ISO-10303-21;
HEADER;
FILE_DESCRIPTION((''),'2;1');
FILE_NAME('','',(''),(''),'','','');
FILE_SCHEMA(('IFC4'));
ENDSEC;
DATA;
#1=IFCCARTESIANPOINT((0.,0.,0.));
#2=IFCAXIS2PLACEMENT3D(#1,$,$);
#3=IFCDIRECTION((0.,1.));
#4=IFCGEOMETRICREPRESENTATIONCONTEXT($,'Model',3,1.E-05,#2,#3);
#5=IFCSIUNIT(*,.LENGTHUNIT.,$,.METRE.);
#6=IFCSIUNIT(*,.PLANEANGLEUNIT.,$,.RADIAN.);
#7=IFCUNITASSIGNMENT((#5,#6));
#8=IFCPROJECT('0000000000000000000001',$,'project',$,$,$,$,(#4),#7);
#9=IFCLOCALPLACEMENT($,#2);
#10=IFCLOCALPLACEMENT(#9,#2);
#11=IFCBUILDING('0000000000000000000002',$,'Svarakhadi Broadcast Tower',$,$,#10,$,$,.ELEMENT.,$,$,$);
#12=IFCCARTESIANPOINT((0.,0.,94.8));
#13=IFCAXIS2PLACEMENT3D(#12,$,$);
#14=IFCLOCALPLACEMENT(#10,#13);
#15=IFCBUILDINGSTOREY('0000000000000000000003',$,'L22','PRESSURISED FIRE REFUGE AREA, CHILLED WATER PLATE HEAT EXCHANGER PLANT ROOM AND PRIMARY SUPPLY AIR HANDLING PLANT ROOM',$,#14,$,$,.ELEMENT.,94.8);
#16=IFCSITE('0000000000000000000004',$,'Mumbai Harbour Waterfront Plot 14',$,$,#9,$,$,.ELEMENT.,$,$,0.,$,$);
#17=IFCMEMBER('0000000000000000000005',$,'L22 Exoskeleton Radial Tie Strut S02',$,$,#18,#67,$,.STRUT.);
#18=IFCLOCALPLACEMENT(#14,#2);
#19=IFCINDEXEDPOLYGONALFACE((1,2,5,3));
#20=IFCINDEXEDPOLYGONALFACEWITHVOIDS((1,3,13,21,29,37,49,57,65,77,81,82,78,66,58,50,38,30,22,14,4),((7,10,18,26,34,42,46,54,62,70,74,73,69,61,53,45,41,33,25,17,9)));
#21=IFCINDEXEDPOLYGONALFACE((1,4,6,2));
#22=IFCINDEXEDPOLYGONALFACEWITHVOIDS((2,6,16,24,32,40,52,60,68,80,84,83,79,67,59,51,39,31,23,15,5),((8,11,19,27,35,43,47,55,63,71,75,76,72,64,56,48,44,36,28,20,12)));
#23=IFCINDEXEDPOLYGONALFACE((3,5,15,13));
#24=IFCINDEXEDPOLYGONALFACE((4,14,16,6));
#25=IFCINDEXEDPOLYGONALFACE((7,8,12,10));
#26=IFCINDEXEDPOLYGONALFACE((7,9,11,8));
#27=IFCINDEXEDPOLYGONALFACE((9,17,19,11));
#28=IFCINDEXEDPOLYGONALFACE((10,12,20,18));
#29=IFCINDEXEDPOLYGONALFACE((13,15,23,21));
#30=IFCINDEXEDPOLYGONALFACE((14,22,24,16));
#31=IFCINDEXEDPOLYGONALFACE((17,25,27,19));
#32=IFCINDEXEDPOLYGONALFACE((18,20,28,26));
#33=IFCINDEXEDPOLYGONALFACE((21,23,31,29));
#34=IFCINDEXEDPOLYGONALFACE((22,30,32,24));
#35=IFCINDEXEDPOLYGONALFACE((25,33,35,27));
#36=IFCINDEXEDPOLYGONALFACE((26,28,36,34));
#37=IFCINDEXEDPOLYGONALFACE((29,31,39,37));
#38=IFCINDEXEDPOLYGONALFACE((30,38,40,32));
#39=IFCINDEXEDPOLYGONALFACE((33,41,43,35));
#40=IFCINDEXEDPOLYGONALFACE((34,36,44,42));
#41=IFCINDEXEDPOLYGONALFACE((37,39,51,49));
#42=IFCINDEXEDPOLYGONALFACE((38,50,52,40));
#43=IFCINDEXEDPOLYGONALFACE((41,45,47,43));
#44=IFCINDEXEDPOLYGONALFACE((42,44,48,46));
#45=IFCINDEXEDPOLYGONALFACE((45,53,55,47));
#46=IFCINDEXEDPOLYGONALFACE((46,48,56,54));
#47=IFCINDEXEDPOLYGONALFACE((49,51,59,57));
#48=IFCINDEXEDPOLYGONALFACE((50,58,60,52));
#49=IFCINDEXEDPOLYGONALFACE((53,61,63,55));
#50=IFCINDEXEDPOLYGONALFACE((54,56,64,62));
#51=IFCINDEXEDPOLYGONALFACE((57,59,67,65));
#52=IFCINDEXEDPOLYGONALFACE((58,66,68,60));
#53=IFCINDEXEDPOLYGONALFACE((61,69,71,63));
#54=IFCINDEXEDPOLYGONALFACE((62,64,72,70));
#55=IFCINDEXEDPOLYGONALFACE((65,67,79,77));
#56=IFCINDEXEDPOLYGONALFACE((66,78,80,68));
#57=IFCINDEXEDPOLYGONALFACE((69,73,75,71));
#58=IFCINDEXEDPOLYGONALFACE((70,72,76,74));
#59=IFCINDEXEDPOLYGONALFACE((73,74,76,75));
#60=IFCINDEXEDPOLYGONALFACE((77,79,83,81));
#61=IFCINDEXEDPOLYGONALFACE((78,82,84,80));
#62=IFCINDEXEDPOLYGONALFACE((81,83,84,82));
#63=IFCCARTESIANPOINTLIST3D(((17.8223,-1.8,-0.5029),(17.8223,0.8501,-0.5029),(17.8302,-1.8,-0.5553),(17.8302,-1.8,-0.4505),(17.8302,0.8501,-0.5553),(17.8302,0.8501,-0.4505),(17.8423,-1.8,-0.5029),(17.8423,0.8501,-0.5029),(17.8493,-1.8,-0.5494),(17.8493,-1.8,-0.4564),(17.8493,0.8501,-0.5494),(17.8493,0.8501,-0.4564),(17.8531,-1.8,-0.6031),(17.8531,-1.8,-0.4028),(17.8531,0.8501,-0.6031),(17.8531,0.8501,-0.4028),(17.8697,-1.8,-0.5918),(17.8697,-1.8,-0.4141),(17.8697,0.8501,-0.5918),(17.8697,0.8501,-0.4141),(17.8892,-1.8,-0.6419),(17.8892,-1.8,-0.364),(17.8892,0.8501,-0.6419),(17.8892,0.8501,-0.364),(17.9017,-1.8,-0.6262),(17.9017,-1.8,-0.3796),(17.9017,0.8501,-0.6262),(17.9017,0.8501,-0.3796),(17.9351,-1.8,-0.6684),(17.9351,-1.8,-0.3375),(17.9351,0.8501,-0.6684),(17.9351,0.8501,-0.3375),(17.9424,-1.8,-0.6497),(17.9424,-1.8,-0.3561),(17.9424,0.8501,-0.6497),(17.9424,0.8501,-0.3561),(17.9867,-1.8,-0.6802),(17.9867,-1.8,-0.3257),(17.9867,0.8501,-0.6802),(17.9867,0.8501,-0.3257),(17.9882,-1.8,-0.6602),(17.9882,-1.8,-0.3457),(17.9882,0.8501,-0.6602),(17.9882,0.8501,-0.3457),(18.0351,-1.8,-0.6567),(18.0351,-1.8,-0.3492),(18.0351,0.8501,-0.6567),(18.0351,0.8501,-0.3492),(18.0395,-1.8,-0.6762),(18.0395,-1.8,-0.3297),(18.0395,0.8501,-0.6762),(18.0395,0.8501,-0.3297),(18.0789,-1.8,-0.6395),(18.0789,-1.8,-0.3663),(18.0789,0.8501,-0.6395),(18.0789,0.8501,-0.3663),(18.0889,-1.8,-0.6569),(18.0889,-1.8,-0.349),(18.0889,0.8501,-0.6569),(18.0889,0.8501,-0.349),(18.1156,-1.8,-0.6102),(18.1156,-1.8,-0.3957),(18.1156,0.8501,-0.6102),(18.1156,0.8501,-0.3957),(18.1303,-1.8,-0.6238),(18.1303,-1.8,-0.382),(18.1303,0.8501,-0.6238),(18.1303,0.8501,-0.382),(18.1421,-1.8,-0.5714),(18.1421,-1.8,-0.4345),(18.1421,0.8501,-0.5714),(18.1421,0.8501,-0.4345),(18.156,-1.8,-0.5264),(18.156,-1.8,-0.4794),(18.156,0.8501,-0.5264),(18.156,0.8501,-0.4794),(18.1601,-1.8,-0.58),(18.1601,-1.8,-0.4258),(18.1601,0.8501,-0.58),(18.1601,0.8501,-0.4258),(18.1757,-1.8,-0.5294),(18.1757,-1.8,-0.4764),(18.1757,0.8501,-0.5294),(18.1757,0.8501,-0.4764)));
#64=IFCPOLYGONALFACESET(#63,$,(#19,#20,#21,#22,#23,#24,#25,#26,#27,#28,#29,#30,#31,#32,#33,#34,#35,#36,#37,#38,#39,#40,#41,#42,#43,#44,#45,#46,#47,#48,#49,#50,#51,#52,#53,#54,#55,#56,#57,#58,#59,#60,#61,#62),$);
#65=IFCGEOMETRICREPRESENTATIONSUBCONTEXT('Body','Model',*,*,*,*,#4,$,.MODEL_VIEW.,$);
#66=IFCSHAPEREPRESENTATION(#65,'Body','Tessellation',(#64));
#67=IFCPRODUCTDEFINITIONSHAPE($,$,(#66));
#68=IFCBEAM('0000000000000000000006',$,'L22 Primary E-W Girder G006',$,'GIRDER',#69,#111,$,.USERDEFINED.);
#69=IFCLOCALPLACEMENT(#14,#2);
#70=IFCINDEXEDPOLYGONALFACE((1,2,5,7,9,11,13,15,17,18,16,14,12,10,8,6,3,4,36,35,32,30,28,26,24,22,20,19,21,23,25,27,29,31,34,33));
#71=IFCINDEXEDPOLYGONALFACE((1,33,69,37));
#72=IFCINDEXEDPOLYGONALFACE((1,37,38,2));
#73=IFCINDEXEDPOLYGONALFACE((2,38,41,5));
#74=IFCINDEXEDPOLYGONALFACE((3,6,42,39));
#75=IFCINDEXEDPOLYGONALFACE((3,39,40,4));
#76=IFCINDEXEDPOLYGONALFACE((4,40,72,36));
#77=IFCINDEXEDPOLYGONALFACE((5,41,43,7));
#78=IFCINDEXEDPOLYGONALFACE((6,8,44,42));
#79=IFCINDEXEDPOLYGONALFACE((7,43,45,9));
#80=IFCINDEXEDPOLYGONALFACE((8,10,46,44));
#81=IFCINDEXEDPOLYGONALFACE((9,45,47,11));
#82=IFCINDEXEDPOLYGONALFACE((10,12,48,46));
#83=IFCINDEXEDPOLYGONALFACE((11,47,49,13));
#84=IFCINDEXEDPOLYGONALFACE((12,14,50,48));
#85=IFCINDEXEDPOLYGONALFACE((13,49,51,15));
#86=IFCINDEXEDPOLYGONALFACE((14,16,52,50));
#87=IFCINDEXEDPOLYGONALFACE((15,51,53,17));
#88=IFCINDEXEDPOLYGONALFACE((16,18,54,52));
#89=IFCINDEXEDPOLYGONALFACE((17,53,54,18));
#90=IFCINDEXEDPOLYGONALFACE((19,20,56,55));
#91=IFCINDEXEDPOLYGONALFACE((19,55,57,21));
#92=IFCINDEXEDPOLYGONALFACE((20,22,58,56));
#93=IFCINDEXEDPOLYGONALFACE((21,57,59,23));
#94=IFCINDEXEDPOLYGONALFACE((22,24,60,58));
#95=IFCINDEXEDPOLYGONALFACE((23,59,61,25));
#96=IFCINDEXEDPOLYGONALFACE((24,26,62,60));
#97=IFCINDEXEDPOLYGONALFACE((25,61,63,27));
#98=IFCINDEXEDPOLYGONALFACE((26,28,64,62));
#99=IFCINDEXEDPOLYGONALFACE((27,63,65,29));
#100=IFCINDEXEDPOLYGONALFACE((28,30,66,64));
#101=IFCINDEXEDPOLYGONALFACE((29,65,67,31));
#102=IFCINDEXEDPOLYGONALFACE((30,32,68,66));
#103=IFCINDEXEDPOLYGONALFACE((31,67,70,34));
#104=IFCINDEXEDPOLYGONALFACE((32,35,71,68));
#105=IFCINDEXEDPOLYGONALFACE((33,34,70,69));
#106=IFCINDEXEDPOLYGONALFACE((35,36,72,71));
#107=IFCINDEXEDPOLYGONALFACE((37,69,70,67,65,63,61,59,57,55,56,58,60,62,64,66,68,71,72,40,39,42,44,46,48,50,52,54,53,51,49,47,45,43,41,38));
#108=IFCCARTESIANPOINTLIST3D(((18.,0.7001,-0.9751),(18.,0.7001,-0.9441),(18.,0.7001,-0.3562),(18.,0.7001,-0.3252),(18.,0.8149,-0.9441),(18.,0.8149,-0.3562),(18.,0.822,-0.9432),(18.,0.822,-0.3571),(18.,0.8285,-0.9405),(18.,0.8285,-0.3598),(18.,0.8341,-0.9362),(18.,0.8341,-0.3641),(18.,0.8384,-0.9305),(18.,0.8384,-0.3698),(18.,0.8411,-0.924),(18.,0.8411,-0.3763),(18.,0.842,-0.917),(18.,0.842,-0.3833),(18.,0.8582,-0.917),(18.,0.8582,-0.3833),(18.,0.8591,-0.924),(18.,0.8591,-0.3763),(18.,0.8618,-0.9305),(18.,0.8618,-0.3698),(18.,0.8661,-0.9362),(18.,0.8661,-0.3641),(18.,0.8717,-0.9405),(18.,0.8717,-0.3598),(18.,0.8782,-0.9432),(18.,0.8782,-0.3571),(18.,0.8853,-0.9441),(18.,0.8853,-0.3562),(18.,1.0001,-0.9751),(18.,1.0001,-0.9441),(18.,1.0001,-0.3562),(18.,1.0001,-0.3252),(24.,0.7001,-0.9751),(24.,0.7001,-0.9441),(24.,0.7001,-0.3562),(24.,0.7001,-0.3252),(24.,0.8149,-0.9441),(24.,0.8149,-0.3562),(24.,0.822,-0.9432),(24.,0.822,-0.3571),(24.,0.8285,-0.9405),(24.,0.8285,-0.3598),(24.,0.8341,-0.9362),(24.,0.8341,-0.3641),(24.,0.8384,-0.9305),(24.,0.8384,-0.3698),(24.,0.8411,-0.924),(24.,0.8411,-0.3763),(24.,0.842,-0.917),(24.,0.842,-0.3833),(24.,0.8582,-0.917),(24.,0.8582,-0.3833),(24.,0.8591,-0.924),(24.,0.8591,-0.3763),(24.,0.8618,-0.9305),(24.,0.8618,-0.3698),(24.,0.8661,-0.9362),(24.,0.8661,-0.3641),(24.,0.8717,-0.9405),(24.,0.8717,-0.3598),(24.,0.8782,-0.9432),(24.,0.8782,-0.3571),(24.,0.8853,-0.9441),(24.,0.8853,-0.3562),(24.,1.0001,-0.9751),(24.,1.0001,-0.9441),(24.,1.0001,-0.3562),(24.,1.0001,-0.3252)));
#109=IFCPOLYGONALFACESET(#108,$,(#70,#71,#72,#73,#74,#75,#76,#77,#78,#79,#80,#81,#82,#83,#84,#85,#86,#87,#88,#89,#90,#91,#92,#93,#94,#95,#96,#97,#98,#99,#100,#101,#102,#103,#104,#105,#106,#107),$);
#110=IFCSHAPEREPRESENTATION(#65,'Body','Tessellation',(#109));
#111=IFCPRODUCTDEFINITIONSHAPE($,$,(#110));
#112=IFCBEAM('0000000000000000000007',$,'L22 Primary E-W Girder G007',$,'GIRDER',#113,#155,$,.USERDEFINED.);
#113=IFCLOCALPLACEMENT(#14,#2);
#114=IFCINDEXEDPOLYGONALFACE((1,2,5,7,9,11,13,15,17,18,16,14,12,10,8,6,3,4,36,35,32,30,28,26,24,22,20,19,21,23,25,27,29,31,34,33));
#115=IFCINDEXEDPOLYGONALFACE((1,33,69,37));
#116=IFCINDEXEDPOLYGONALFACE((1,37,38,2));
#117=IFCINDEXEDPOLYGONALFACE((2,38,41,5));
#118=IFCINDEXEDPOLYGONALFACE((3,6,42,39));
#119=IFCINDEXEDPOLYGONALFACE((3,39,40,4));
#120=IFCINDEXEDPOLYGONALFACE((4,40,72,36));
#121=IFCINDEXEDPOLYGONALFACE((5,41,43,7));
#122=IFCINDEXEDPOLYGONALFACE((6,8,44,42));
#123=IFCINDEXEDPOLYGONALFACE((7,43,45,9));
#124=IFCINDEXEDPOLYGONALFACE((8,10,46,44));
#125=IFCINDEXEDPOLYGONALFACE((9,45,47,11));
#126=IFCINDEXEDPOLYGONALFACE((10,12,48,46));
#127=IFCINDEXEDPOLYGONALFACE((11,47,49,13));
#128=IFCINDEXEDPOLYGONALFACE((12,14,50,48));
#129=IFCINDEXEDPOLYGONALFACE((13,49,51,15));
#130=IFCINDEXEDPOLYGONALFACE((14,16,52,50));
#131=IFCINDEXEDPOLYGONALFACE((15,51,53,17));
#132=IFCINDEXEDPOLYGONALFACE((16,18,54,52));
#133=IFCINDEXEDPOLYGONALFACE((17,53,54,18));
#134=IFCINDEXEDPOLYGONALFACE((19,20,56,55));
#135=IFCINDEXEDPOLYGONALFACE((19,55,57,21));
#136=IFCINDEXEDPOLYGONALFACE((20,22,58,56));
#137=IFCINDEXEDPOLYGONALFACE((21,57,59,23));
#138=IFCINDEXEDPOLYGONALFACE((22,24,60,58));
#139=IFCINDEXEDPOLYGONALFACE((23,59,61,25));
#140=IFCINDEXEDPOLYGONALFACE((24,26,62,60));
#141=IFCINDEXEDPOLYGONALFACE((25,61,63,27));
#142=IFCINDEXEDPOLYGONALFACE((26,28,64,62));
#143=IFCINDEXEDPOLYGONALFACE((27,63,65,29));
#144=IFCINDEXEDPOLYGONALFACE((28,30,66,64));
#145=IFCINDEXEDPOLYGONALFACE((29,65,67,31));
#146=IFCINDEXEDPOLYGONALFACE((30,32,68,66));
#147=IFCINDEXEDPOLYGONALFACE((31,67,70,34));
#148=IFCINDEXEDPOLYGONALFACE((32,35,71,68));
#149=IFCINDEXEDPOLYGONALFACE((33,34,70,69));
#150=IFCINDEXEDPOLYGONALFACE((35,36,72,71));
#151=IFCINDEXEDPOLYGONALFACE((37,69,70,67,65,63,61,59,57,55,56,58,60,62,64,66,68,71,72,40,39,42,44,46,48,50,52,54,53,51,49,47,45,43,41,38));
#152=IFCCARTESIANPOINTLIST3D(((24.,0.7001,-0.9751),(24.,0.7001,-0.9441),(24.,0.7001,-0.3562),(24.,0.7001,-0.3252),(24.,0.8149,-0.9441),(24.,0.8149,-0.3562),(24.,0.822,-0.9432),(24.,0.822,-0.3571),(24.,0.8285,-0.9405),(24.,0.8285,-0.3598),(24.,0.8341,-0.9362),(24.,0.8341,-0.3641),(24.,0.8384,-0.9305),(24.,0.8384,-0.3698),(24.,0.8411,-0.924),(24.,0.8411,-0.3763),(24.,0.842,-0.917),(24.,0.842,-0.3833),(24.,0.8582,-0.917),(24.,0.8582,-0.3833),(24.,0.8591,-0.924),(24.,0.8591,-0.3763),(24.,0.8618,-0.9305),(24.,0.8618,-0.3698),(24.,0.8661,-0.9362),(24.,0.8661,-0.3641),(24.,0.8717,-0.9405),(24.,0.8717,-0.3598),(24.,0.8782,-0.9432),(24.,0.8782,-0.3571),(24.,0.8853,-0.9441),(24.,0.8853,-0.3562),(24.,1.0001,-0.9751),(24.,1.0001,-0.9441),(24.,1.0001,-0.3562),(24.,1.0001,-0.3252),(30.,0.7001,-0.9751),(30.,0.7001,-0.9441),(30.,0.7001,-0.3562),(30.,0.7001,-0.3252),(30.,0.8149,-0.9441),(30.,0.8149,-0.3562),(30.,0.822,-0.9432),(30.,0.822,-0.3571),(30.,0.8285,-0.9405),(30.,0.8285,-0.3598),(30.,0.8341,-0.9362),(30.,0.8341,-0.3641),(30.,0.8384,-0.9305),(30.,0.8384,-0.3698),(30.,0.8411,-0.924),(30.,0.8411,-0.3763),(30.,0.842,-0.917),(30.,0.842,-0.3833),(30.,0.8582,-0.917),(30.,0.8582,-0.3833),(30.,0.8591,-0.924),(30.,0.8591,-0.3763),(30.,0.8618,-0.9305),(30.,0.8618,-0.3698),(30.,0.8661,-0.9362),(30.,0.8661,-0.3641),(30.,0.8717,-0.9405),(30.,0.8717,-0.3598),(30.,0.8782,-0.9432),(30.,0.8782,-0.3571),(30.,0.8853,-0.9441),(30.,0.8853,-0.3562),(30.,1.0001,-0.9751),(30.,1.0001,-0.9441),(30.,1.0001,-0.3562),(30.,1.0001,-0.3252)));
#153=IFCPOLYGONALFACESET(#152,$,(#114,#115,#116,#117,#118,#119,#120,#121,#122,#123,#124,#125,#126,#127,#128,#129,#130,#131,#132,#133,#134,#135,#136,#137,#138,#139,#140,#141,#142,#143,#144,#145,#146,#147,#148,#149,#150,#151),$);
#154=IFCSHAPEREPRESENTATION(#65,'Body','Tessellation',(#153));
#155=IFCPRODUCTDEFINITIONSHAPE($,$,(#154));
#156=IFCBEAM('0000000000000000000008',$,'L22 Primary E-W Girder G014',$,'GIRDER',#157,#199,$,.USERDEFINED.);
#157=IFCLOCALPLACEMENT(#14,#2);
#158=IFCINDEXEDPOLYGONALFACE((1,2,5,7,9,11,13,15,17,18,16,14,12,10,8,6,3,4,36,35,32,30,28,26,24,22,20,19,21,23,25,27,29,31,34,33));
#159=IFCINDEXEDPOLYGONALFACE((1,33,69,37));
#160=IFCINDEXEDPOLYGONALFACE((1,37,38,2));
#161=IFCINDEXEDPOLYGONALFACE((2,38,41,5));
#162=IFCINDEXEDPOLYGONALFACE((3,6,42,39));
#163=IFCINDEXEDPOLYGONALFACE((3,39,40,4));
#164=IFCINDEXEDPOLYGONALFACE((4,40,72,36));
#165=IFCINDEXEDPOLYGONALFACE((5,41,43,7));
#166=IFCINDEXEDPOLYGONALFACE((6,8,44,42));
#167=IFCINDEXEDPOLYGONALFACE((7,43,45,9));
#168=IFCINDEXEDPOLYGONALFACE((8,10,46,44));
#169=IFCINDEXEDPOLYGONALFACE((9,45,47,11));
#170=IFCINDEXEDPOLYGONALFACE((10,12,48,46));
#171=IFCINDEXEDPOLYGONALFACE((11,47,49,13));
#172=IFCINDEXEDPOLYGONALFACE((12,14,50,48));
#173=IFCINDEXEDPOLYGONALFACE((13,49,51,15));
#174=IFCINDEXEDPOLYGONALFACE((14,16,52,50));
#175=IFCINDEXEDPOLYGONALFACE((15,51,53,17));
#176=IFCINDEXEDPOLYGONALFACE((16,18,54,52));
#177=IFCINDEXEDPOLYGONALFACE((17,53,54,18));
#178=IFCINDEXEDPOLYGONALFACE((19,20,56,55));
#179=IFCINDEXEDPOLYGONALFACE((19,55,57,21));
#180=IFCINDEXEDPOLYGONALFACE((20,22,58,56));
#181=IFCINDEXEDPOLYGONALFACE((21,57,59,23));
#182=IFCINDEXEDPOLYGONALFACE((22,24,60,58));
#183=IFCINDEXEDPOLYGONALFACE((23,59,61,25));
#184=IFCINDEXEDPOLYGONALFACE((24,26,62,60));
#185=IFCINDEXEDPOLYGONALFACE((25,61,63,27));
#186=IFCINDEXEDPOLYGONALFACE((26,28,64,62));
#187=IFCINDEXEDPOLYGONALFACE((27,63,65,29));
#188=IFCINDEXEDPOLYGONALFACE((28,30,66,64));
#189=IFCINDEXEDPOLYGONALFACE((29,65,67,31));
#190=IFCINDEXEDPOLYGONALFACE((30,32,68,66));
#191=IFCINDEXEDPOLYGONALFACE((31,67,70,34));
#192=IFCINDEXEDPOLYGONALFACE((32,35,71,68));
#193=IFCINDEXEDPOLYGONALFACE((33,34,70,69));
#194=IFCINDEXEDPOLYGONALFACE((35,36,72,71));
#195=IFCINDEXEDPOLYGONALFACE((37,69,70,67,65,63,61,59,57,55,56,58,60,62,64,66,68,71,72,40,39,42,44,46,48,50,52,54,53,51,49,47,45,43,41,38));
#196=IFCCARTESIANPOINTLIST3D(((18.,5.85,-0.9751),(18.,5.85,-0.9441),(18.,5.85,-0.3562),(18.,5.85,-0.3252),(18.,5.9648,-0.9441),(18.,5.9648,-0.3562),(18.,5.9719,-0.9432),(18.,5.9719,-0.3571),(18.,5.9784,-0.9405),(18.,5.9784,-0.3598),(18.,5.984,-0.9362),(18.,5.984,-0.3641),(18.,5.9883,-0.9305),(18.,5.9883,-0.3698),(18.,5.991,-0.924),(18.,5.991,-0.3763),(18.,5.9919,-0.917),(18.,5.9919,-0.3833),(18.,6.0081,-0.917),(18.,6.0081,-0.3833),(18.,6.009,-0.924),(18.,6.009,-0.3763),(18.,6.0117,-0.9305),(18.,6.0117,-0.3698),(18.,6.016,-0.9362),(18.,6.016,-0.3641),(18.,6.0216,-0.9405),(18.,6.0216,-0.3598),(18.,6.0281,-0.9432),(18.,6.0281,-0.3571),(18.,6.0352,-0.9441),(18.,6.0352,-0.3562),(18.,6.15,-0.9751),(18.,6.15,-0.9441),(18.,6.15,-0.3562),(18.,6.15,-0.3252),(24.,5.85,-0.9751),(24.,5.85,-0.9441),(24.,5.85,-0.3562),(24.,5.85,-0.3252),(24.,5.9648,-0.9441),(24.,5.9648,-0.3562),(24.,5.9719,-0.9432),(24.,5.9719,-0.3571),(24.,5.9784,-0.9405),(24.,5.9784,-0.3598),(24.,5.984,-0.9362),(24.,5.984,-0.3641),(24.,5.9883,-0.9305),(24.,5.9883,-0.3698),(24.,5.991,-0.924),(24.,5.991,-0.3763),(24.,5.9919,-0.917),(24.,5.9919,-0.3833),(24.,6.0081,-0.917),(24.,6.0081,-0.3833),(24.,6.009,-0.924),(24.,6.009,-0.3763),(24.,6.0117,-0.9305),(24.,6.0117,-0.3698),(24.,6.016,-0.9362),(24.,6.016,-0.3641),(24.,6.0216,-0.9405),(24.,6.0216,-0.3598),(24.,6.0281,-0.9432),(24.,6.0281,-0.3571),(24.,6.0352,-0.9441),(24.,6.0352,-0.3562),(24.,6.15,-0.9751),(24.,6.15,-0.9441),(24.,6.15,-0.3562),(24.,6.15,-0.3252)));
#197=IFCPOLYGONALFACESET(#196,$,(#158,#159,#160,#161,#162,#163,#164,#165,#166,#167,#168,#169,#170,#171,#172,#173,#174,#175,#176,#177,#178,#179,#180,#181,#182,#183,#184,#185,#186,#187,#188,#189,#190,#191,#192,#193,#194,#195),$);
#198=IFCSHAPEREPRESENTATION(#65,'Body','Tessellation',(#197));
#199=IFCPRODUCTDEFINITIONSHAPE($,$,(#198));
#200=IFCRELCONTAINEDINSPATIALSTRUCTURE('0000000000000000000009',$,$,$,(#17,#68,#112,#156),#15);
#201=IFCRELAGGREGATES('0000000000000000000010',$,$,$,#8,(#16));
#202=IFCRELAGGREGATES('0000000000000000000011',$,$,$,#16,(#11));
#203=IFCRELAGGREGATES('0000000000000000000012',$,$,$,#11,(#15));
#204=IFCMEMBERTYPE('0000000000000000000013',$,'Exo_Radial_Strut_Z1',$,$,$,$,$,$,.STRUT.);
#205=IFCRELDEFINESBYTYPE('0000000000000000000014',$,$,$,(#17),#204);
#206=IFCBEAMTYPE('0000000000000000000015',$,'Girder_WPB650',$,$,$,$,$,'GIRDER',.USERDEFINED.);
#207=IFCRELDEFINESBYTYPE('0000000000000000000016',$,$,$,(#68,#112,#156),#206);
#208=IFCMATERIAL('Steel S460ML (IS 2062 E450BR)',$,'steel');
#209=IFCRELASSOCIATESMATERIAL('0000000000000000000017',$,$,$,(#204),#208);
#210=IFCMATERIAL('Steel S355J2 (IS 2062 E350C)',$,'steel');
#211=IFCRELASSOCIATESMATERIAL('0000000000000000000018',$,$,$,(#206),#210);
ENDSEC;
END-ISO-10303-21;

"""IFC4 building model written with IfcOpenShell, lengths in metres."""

from ifc_helpers import new_model, si_unit, direction, frame, origin, origin_2d, place, context, subcontext, project, spatial, hollow_circle, i_section, extrude, material, material_profile, profile_set, type_object, element, save


model = new_model("IFC4")

# Units and contexts
model_context = context("Model", 3, precision=1e-05, world=origin(), true_north=direction((0.0, 1.0)))
body_context = subcontext(model_context, "Body", "Model", "MODEL_VIEW")
ifc_project = project(units=[si_unit("LENGTHUNIT", "METRE"), si_unit("PLANEANGLEUNIT", "RADIAN")], contexts=[model_context])

# Site, building, storey
site_placement = place(None, origin())
site = spatial("IfcSite", under=ifc_project, at=site_placement, Name="Mumbai Harbour Waterfront Plot 14", CompositionType="ELEMENT", RefElevation=0.0)
building_placement = place(site_placement, origin())
building = spatial("IfcBuilding", under=site, at=building_placement, Name="Svarakhadi Broadcast Tower", CompositionType="ELEMENT")
storey_placement = place(building_placement, frame((0.0, 0.0, 94.8)))
storey = spatial("IfcBuildingStorey", under=building, at=storey_placement, Name="L22", Description="PRESSURISED FIRE REFUGE AREA, CHILLED WATER PLATE HEAT EXCHANGER PLANT ROOM AND PRIMARY SUPPLY AIR HANDLING PLANT ROOM", CompositionType="ELEMENT", Elevation=94.8)

# Shared definitions
ifc_material_1 = material(Name="Steel S355J2 (IS 2062 E350C)", Category="steel")

# Member
ifc_material_2 = material(Name="Steel S460ML (IS 2062 E450BR)", Category="steel")
ifc_material_profile_1 = material_profile(ifc_material_2, hollow_circle(Radius=0.1777, WallThickness=0.02, at=origin_2d()), Name="CHS 355.6x20")
ifc_profile_set_1 = profile_set([ifc_material_profile_1], Name="Steel S460ML (IS 2062 E450BR)")
member_type_1 = type_object("IfcMemberType", Name="Exo_Radial_Strut_Z1", PredefinedType="STRUT", material=ifc_profile_set_1)
member_1_placement = place(storey_placement, frame((18.0, -1.8, -0.5029), z_axis=(0.0, 1.0, 0.0), x_axis=(-1.0, 0.0, 0.0)))
element("IfcMember", 1, at=member_1_placement, inside=storey, type_object=member_type_1, Name="L22 Exoskeleton Radial Tie Strut S02", PredefinedType="STRUT", context=body_context, shape_type="SweptSolid", body=[
    extrude(hollow_circle(Radius=0.1777, WallThickness=0.02, at=origin_2d()), origin(), (0.0, 0.0, 1.0), 2.6501),
])

# Beams
ifc_material_profile_2 = material_profile(ifc_material_1, i_section(OverallWidth=0.3, OverallDepth=0.6499, WebThickness=0.0161, FlangeThickness=0.031, FilletRadius=0.0271, at=origin_2d()), Name="WPB 650x300x225")
ifc_profile_set_2 = profile_set([ifc_material_profile_2], Name="Steel S355J2 (IS 2062 E350C)")
beam_type_1 = type_object("IfcBeamType", Name="Girder_WPB650", ElementType="GIRDER", PredefinedType="USERDEFINED", material=ifc_profile_set_2)
for number, where, z_axis, x_axis, name in (
    (2, (18.0, 0.8501, -0.6501), (1.0, 0.0, 0.0), (0.0, 1.0, 0.0), "L22 Primary E-W Girder G006"),
    (3, (24.0, 0.8501, -0.6501), (1.0, 0.0, 0.0), (0.0, 1.0, 0.0), "L22 Primary E-W Girder G007"),
    (4, (18.0, 6.0, -0.6501), (1.0, 0.0, 0.0), (0.0, 1.0, 0.0), "L22 Primary E-W Girder G014"),
):
    element("IfcBeam", number, at=place(storey_placement, frame(where, z_axis=z_axis, x_axis=x_axis)), inside=storey, type_object=beam_type_1, Name=name, ObjectType="GIRDER", PredefinedType="USERDEFINED", context=body_context, shape_type="SweptSolid", body=[
        extrude(i_section(OverallWidth=0.3, OverallDepth=0.6499, WebThickness=0.0161, FlangeThickness=0.031, FilletRadius=0.0271, at=origin_2d()), origin(), (0.0, 0.0, 1.0), 6.0),
    ])

save(model, "model.ifc")
